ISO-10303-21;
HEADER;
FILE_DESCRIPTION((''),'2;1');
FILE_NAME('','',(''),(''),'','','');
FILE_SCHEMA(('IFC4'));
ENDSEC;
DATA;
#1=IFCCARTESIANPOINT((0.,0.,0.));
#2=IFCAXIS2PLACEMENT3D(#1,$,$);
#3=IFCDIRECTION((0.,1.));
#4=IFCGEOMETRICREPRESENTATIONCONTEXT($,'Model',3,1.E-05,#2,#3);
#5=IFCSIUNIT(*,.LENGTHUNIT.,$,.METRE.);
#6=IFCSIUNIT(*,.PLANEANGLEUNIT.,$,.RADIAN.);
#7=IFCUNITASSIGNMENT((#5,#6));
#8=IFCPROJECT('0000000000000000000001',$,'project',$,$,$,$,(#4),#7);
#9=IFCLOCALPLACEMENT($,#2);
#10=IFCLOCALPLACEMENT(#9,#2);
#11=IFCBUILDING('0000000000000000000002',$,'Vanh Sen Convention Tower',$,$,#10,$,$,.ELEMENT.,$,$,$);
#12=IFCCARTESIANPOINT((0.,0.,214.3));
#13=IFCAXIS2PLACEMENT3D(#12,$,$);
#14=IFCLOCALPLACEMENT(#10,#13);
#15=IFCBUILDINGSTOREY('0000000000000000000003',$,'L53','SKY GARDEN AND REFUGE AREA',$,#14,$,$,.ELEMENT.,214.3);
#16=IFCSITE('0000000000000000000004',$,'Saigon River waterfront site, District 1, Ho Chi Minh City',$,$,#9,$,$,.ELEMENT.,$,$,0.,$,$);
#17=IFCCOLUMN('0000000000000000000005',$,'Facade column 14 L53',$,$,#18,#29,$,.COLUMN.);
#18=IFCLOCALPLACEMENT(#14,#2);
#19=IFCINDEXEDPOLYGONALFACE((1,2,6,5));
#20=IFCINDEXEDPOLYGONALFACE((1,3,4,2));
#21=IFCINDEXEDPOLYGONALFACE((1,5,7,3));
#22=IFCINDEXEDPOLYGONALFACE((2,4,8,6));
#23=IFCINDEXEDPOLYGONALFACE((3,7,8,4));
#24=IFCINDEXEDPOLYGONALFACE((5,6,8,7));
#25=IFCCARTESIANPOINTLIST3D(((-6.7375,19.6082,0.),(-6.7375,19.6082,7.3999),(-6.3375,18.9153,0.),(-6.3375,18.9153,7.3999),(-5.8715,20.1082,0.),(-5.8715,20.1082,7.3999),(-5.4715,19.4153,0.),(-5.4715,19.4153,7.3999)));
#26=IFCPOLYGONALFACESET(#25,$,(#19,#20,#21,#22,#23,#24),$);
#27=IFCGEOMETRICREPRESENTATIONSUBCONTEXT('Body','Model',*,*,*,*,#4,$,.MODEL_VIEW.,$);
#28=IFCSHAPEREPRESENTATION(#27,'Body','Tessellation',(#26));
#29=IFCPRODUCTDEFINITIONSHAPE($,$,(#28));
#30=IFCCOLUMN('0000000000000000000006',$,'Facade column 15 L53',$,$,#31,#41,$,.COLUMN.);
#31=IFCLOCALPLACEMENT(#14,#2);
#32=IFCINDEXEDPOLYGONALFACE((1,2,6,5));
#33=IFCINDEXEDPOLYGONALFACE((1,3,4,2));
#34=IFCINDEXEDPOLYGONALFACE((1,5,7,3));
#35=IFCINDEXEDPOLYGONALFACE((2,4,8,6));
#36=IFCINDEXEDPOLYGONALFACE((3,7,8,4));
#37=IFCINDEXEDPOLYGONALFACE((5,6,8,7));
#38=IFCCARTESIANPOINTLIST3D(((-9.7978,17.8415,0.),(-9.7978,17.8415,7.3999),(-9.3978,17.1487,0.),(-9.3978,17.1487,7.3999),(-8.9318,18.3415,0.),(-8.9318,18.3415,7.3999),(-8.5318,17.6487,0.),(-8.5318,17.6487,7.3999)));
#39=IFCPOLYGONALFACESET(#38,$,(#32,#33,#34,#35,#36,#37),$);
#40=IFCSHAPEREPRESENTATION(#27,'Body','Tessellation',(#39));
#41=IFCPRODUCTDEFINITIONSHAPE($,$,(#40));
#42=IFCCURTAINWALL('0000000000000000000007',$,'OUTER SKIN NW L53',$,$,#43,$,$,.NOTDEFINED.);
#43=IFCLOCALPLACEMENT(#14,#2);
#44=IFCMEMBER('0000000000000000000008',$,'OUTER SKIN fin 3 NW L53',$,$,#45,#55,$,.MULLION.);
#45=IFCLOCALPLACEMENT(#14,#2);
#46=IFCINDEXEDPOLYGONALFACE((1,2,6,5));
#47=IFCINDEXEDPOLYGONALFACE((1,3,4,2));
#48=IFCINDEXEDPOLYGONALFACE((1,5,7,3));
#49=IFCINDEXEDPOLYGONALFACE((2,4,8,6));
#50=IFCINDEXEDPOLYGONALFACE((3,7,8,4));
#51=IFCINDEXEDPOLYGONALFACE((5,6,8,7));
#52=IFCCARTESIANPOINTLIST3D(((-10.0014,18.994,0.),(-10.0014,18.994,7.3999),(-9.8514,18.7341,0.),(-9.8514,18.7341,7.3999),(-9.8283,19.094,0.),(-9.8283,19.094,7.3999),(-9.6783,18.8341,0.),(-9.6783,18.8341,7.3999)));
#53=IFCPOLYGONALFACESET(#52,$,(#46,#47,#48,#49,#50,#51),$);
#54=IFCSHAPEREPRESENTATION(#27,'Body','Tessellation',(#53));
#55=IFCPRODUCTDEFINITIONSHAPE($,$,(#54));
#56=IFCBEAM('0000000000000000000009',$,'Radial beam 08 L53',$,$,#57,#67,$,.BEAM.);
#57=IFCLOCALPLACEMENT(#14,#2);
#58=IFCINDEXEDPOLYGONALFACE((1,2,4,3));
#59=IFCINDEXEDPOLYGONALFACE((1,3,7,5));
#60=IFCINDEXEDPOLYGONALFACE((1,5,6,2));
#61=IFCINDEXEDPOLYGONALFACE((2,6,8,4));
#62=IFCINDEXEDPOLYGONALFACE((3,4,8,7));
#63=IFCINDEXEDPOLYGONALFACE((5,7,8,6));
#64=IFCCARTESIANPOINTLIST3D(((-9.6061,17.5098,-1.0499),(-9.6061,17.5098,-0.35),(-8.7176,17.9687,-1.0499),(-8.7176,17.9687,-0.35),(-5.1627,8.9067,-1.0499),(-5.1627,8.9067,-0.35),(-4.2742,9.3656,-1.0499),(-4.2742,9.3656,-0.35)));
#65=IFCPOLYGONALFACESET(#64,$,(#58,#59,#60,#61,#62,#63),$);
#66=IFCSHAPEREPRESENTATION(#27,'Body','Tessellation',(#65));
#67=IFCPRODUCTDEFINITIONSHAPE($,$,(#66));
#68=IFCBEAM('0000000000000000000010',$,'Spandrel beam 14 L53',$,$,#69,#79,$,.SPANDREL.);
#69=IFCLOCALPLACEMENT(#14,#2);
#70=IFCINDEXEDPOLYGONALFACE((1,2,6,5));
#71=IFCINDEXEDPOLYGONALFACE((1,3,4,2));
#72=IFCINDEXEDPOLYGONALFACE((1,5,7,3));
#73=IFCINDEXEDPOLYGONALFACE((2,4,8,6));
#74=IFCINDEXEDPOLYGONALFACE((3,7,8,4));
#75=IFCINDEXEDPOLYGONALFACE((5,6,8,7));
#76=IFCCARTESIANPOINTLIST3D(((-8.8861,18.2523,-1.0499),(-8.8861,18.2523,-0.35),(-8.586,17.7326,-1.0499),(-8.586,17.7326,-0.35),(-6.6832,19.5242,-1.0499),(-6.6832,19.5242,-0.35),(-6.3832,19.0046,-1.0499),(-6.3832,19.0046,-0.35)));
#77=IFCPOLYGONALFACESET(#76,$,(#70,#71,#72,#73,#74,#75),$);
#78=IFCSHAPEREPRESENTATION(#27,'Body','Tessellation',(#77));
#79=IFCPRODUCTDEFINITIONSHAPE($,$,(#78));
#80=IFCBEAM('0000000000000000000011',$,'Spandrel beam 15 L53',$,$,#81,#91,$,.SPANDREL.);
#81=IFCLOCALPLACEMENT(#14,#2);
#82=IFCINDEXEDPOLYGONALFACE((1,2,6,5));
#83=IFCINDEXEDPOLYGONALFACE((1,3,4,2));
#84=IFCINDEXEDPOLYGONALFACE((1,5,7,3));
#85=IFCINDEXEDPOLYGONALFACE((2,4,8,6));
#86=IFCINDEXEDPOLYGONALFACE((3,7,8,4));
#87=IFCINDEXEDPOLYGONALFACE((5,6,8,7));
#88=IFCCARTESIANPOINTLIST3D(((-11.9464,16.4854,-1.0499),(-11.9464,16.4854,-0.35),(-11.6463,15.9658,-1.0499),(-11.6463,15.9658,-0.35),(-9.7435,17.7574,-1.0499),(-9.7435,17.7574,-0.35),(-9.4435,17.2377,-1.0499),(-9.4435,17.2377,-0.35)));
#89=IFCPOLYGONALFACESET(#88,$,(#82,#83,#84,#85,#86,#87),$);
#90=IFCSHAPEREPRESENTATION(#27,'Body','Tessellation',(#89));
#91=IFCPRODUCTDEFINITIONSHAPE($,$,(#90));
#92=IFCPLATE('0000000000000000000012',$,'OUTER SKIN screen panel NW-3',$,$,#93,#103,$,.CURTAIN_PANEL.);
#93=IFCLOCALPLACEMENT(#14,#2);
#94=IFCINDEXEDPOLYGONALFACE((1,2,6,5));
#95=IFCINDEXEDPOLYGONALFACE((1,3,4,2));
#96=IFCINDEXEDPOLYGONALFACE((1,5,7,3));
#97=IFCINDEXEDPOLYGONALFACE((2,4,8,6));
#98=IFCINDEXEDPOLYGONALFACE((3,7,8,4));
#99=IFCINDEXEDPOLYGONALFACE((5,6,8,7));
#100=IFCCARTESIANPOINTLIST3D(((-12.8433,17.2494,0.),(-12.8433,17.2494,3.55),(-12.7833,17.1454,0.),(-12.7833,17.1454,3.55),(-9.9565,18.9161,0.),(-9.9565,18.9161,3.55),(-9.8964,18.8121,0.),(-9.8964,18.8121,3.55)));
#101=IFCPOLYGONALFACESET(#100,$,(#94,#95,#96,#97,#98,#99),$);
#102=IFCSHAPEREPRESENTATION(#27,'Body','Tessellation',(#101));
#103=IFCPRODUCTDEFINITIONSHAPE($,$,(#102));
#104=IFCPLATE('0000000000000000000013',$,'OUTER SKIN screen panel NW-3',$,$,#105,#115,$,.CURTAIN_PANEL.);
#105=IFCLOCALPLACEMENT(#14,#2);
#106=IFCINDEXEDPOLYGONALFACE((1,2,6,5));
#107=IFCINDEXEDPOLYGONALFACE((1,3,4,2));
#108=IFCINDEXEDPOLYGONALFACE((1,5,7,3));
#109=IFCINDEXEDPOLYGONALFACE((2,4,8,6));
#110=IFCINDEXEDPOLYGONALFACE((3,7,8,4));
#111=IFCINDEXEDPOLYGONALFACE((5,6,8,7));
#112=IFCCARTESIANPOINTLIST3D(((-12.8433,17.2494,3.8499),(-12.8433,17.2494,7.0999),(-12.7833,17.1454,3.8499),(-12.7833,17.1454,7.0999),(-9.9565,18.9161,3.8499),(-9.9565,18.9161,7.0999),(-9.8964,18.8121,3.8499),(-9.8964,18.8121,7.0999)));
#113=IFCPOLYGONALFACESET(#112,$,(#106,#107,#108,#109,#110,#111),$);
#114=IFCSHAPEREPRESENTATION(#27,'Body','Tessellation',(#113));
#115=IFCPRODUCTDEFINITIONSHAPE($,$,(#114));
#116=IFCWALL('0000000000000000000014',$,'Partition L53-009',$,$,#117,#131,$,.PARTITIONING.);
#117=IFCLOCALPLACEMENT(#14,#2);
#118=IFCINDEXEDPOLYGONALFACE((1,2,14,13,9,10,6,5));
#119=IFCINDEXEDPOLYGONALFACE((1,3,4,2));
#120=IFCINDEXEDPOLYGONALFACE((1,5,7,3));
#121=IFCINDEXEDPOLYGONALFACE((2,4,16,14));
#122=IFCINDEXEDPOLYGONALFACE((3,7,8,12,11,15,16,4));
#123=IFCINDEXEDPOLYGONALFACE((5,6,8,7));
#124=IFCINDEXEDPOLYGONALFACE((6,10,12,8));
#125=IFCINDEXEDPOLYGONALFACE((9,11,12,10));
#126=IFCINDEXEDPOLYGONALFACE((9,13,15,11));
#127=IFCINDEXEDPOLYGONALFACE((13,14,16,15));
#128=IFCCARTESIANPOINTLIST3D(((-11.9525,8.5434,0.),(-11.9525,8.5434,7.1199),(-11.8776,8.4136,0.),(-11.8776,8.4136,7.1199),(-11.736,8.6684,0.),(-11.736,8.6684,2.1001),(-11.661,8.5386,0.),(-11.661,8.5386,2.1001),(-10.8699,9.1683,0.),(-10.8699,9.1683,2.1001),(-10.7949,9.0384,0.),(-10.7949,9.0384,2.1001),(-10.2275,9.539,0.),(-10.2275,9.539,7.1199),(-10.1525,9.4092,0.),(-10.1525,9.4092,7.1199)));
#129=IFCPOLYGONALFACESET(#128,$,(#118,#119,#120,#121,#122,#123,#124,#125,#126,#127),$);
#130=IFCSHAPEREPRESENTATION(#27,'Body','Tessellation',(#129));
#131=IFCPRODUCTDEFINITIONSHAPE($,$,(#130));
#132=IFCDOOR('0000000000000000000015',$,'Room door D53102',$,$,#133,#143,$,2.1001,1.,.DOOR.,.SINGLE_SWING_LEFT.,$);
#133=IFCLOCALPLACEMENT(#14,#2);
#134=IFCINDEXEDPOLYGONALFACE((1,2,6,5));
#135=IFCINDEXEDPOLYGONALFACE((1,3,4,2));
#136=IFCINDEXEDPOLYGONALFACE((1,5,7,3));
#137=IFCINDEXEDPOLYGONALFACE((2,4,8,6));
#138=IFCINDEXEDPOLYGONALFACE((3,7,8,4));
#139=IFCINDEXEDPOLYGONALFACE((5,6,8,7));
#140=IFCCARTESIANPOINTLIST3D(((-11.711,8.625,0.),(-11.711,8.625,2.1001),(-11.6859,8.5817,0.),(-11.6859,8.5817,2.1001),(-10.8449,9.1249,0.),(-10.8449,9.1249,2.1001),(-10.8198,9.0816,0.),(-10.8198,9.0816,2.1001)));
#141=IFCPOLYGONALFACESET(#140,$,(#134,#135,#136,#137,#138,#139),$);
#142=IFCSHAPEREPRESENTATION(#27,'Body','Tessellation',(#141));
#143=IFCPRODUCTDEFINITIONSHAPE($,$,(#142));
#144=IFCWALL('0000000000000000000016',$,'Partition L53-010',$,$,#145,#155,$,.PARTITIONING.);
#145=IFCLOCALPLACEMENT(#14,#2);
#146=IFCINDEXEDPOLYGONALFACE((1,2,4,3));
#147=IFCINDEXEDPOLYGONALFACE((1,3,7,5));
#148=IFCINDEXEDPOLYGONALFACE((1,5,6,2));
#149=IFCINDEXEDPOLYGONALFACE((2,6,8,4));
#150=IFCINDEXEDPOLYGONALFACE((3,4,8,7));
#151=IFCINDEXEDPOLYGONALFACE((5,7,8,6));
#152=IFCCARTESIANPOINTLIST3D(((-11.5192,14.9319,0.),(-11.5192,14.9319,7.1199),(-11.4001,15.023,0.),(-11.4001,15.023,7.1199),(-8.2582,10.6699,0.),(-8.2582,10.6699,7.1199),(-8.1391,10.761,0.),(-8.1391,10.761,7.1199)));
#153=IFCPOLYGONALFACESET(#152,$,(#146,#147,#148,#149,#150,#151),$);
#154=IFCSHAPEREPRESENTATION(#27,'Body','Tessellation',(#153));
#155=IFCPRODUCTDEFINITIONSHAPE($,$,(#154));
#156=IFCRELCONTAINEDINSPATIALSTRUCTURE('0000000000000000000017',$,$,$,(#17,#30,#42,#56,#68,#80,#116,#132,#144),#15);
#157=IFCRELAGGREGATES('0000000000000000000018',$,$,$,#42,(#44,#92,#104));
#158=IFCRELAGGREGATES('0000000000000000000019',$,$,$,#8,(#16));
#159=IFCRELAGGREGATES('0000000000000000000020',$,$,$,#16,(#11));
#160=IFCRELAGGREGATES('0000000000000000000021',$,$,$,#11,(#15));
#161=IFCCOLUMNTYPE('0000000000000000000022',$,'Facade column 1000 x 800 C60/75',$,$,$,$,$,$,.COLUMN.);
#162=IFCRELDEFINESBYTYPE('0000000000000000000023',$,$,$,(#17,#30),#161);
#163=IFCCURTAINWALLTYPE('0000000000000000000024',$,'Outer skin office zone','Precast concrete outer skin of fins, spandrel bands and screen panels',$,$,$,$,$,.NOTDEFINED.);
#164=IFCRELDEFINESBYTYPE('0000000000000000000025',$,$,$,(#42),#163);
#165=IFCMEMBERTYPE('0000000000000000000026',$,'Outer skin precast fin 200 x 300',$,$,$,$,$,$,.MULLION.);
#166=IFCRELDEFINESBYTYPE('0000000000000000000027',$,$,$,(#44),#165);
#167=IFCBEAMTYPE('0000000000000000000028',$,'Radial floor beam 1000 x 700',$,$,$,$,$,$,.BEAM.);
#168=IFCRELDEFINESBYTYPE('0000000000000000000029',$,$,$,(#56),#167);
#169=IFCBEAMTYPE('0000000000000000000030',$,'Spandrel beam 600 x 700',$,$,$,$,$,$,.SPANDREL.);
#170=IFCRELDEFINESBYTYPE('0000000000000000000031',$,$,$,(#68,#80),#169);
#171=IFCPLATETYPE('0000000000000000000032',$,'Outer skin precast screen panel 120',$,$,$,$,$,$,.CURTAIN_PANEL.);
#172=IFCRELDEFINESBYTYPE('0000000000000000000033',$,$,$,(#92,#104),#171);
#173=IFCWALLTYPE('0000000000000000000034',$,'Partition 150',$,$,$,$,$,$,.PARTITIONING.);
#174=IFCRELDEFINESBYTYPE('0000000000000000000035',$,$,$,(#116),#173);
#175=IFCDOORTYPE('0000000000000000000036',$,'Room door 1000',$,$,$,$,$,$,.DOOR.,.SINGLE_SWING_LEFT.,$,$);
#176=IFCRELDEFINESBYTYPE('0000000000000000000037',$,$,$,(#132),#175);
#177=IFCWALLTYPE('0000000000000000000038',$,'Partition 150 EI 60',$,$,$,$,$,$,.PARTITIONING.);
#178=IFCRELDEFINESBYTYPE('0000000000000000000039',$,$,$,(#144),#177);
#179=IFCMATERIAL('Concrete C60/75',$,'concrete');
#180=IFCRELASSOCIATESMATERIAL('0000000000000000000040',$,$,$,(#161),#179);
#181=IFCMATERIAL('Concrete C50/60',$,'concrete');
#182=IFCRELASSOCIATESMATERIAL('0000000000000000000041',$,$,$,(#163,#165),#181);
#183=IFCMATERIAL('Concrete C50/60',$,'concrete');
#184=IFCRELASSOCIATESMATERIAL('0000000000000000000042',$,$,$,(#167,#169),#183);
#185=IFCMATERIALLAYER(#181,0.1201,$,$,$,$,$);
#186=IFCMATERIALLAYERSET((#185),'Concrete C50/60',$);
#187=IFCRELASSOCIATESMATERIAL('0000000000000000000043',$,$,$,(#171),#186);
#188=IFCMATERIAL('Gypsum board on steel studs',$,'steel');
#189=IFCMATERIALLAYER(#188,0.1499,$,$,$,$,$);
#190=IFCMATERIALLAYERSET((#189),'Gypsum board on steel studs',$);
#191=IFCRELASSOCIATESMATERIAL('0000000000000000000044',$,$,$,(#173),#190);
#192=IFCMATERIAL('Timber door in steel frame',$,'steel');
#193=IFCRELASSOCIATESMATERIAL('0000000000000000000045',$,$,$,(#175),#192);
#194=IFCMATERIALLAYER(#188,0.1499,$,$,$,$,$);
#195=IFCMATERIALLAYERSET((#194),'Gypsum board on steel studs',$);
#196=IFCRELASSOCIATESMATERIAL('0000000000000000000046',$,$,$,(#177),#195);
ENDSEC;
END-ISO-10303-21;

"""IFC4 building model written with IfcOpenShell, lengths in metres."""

from ifc_helpers import new_model, si_unit, direction, frame, frame_2d, origin, origin_2d, place, context, subcontext, project, spatial, rectangle, extrude, material, layer, layer_set, material_profile, profile_set, type_object, element, fill, aggregate, save


model = new_model("IFC4")

# Units and contexts
model_context = context("Model", 3, precision=1e-05, world=origin(), true_north=direction((0.0, 1.0)))
body_context = subcontext(model_context, "Body", "Model", "MODEL_VIEW")
ifc_project = project(units=[si_unit("LENGTHUNIT", "METRE"), si_unit("PLANEANGLEUNIT", "RADIAN")], contexts=[model_context])

# Site, building, storey
site_placement = place(None, origin())
site = spatial("IfcSite", under=ifc_project, at=site_placement, Name="Saigon River waterfront site, District 1, Ho Chi Minh City", CompositionType="ELEMENT", RefElevation=0.0)
building_placement = place(site_placement, origin())
building = spatial("IfcBuilding", under=site, at=building_placement, Name="Vanh Sen Convention Tower", CompositionType="ELEMENT")
storey_placement = place(building_placement, frame((0.0, 0.0, 214.3)))
storey = spatial("IfcBuildingStorey", under=building, at=storey_placement, Name="L53", Description="SKY GARDEN AND REFUGE AREA", CompositionType="ELEMENT", Elevation=214.3)

# Columns
ifc_material_1 = material(Name="Concrete C60/75", Category="concrete")
ifc_material_profile_1 = material_profile(ifc_material_1, rectangle(XDim=1.0, YDim=0.8, at=origin_2d()), Name="RC 1000X800")
ifc_profile_set_1 = profile_set([ifc_material_profile_1], Name="Concrete C60/75")
column_type = type_object("IfcColumnType", Name="Facade column 1000 x 800 C60/75", PredefinedType="COLUMN", material=ifc_profile_set_1)
for number, where, z_axis, x_axis, name in (
    (1, (-6.1045, 19.5117, 0.0), (0.0, 0.0, 1.0), (-0.866025, -0.5, 0.0), "Facade column 14 L53"),
    (2, (-9.1648, 17.7451, 0.0), (0.0, 0.0, 1.0), (-0.866025, -0.5, 0.0), "Facade column 15 L53"),
):
    element("IfcColumn", number, at=place(storey_placement, frame(where, z_axis=z_axis, x_axis=x_axis)), inside=storey, type_object=column_type, Name=name, PredefinedType="COLUMN", context=body_context, shape_type="SweptSolid", body=[
        extrude(rectangle(XDim=1.0, YDim=0.8, at=origin_2d()), origin(), (0.0, 0.0, 1.0), 7.3999),
    ])

# Curtain wall, member
ifc_material_2 = material(Name="Concrete C50/60", Category="concrete")
curtain_wall_type = type_object("IfcCurtainWallType", Name="Outer skin office zone", Description="Precast concrete outer skin of fins, spandrel bands and screen panels", PredefinedType="NOTDEFINED", material=ifc_material_2)
curtain_wall_placement = place(storey_placement, origin())
curtain_wall = element("IfcCurtainWall", 3, at=curtain_wall_placement, inside=storey, type_object=curtain_wall_type, Name="OUTER SKIN NW L53", PredefinedType="NOTDEFINED")
ifc_material_profile_2 = material_profile(ifc_material_2, rectangle(XDim=0.2, YDim=0.3, at=origin_2d()), Name="Outer skin precast fin 200 x 300")
ifc_profile_set_2 = profile_set([ifc_material_profile_2], Name="Concrete C50/60")
member_type = type_object("IfcMemberType", Name="Outer skin precast fin 200 x 300", PredefinedType="MULLION", material=ifc_profile_set_2)
member_placement = place(storey_placement, frame((-9.8398, 18.9141, 0.0), z_axis=(0.0, 0.0, 1.0), x_axis=(-0.866025, -0.5, 0.0)))
member = element("IfcMember", 4, at=member_placement, type_object=member_type, Name="OUTER SKIN fin 3 NW L53", PredefinedType="MULLION", context=body_context, shape_type="SweptSolid", body=[
    extrude(rectangle(XDim=0.2, YDim=0.3, at=origin_2d()), origin(), (0.0, 0.0, 1.0), 7.3999),
])

# Beams
ifc_material_3 = material(Name="Concrete C50/60", Category="concrete")
ifc_material_profile_3 = material_profile(ifc_material_3, rectangle(XDim=1.0, YDim=0.7, at=origin_2d()), Name="RC 1000X700")
ifc_profile_set_3 = profile_set([ifc_material_profile_3], Name="Concrete C50/60")
beam_type_1 = type_object("IfcBeamType", Name="Radial floor beam 1000 x 700", PredefinedType="BEAM", material=ifc_profile_set_3)
beam_placement = place(storey_placement, frame((-9.1619, 17.7393, -0.7), z_axis=(0.458895, -0.888491, 0.0), x_axis=(0.888491, 0.458895, 0.0)))
element("IfcBeam", 5, at=beam_placement, inside=storey, type_object=beam_type_1, Name="Radial beam 08 L53", PredefinedType="BEAM", context=body_context, shape_type="SweptSolid", body=[
    extrude(rectangle(XDim=1.0, YDim=0.7, at=origin_2d()), origin(), (0.0, 0.0, 1.0), 9.6829),
])
ifc_material_profile_4 = material_profile(ifc_material_3, rectangle(XDim=0.6001, YDim=0.7, at=origin_2d()), Name="RC 600X700")
ifc_profile_set_4 = profile_set([ifc_material_profile_4], Name="Concrete C50/60")
beam_type_2 = type_object("IfcBeamType", Name="Spandrel beam 600 x 700", PredefinedType="SPANDREL", material=ifc_profile_set_4)
for number, where, z_axis, x_axis, name in (
    (6, (-6.5332, 19.2644, -0.7), (-0.866002, -0.500041, 0.0), (0.500041, -0.866002, 0.0), "Spandrel beam 14 L53"),
    (7, (-9.5935, 17.4976, -0.7), (-0.866002, -0.500041, 0.0), (0.500041, -0.866002, 0.0), "Spandrel beam 15 L53"),
):
    element("IfcBeam", number, at=place(storey_placement, frame(where, z_axis=z_axis, x_axis=x_axis)), inside=storey, type_object=beam_type_2, Name=name, PredefinedType="SPANDREL", context=body_context, shape_type="SweptSolid", body=[
        extrude(rectangle(XDim=0.6001, YDim=0.7, at=origin_2d()), origin(), (0.0, 0.0, 1.0), 2.5437),
    ])

# Plates
ifc_layer_1 = layer(ifc_material_2, 0.1201)
ifc_layer_set_1 = layer_set([ifc_layer_1], Name="Concrete C50/60")
plate_type = type_object("IfcPlateType", Name="Outer skin precast screen panel 120", PredefinedType="CURTAIN_PANEL", material=ifc_layer_set_1)
plate_1_placement = place(storey_placement, frame((-11.3699, 18.0308, 0.0), z_axis=(0.0, 0.0, 1.0), x_axis=(-0.866026, -0.499998, 0.0)))
plate_1 = element("IfcPlate", 8, at=plate_1_placement, type_object=plate_type, Name="OUTER SKIN screen panel NW-3", PredefinedType="CURTAIN_PANEL", context=body_context, shape_type="SweptSolid", body=[
    extrude(rectangle(XDim=3.3335, YDim=0.1201, at=origin_2d()), origin(), (0.0, 0.0, 1.0), 3.55),
])
plate_2_placement = place(storey_placement, frame((-11.3699, 18.0308, 3.8499), z_axis=(0.0, 0.0, 1.0), x_axis=(-0.866026, -0.499998, 0.0)))
plate_2 = element("IfcPlate", 9, at=plate_2_placement, type_object=plate_type, Name="OUTER SKIN screen panel NW-3", PredefinedType="CURTAIN_PANEL", context=body_context, shape_type="SweptSolid", body=[
    extrude(rectangle(XDim=3.3335, YDim=0.1201, at=origin_2d()), origin(), (0.0, 0.0, 1.0), 3.25),
])
aggregate(curtain_wall, [member, plate_1, plate_2])

# Wall, opening, door
ifc_material_4 = material(Name="Gypsum board on steel studs", Category="steel")
ifc_layer_2 = layer(ifc_material_4, 0.1499)
ifc_layer_set_2 = layer_set([ifc_layer_2], Name="Gypsum board on steel studs")
wall_type_1 = type_object("IfcWallType", Name="Partition 150", PredefinedType="PARTITIONING", material=ifc_layer_set_2)
wall_1_placement = place(storey_placement, frame((-11.915, 8.4785, 0.0), z_axis=(0.0, 0.0, 1.0), x_axis=(0.866108, 0.499857, 0.0)))
wall_1 = element("IfcWall", 10, at=wall_1_placement, inside=storey, type_object=wall_type_1, Name="Partition L53-009", PredefinedType="PARTITIONING", context=body_context, shape_type="SweptSolid", body=[
    extrude(rectangle(XDim=1.9917, YDim=0.1499, at=frame_2d((0.9958, 0.0))), origin(), (0.0, 0.0, 1.0), 7.1199),
])
opening_1_placement = place(wall_1_placement, frame((0.25, 0.0, 0.0)))
opening_1 = element("IfcOpeningElement", 11, at=opening_1_placement, cuts=wall_1, PredefinedType="OPENING", context=body_context, shape_type="SweptSolid", body=[
    extrude(rectangle(XDim=1.0, YDim=2.1001, at=frame_2d((0.5, 1.05))), frame((0.0, 0.085, 0.0), z_axis=(0.0, -1.0, 0.0), x_axis=(1.0, 0.0, 0.0)), (0.0, 0.0, 1.0), 0.1699),
])
ifc_material_5 = material(Name="Timber door in steel frame", Category="steel")
door_type_1 = type_object("IfcDoorType", Name="Room door 1000", OperationType="SINGLE_SWING_LEFT", PredefinedType="DOOR", material=ifc_material_5)
door_1_placement = place(opening_1_placement, origin())
door_1 = element("IfcDoor", 12, at=door_1_placement, inside=storey, type_object=door_type_1, Name="Room door D53102", OperationType="SINGLE_SWING_LEFT", OverallHeight=2.1001, OverallWidth=1.0, PredefinedType="DOOR", context=body_context, shape_type="SweptSolid", body=[
    extrude(rectangle(XDim=1.0, YDim=2.1001, at=frame_2d((0.5, 1.05))), frame((0.0, 0.0249, 0.0), z_axis=(0.0, -1.0, 0.0), x_axis=(1.0, 0.0, 0.0)), (0.0, 0.0, 1.0), 0.05),
])
fill(opening_1, door_1)

# Wall
ifc_layer_3 = layer(ifc_material_4, 0.1499)
ifc_layer_set_3 = layer_set([ifc_layer_3], Name="Gypsum board on steel studs")
wall_type_2 = type_object("IfcWallType", Name="Partition 150 EI 60", PredefinedType="PARTITIONING", material=ifc_layer_set_3)
wall_2_placement = place(storey_placement, frame((-8.1987, 10.7156, 0.0), z_axis=(0.0, 0.0, 1.0), x_axis=(-0.607666, 0.794193, 0.0)))
element("IfcWall", 13, at=wall_2_placement, inside=storey, type_object=wall_type_2, Name="Partition L53-010", PredefinedType="PARTITIONING", context=body_context, shape_type="SweptSolid", body=[
    extrude(rectangle(XDim=5.3665, YDim=0.1499, at=frame_2d((2.6831, 0.0))), origin(), (0.0, 0.0, 1.0), 7.1199),
])

save(model, "model.ifc")
